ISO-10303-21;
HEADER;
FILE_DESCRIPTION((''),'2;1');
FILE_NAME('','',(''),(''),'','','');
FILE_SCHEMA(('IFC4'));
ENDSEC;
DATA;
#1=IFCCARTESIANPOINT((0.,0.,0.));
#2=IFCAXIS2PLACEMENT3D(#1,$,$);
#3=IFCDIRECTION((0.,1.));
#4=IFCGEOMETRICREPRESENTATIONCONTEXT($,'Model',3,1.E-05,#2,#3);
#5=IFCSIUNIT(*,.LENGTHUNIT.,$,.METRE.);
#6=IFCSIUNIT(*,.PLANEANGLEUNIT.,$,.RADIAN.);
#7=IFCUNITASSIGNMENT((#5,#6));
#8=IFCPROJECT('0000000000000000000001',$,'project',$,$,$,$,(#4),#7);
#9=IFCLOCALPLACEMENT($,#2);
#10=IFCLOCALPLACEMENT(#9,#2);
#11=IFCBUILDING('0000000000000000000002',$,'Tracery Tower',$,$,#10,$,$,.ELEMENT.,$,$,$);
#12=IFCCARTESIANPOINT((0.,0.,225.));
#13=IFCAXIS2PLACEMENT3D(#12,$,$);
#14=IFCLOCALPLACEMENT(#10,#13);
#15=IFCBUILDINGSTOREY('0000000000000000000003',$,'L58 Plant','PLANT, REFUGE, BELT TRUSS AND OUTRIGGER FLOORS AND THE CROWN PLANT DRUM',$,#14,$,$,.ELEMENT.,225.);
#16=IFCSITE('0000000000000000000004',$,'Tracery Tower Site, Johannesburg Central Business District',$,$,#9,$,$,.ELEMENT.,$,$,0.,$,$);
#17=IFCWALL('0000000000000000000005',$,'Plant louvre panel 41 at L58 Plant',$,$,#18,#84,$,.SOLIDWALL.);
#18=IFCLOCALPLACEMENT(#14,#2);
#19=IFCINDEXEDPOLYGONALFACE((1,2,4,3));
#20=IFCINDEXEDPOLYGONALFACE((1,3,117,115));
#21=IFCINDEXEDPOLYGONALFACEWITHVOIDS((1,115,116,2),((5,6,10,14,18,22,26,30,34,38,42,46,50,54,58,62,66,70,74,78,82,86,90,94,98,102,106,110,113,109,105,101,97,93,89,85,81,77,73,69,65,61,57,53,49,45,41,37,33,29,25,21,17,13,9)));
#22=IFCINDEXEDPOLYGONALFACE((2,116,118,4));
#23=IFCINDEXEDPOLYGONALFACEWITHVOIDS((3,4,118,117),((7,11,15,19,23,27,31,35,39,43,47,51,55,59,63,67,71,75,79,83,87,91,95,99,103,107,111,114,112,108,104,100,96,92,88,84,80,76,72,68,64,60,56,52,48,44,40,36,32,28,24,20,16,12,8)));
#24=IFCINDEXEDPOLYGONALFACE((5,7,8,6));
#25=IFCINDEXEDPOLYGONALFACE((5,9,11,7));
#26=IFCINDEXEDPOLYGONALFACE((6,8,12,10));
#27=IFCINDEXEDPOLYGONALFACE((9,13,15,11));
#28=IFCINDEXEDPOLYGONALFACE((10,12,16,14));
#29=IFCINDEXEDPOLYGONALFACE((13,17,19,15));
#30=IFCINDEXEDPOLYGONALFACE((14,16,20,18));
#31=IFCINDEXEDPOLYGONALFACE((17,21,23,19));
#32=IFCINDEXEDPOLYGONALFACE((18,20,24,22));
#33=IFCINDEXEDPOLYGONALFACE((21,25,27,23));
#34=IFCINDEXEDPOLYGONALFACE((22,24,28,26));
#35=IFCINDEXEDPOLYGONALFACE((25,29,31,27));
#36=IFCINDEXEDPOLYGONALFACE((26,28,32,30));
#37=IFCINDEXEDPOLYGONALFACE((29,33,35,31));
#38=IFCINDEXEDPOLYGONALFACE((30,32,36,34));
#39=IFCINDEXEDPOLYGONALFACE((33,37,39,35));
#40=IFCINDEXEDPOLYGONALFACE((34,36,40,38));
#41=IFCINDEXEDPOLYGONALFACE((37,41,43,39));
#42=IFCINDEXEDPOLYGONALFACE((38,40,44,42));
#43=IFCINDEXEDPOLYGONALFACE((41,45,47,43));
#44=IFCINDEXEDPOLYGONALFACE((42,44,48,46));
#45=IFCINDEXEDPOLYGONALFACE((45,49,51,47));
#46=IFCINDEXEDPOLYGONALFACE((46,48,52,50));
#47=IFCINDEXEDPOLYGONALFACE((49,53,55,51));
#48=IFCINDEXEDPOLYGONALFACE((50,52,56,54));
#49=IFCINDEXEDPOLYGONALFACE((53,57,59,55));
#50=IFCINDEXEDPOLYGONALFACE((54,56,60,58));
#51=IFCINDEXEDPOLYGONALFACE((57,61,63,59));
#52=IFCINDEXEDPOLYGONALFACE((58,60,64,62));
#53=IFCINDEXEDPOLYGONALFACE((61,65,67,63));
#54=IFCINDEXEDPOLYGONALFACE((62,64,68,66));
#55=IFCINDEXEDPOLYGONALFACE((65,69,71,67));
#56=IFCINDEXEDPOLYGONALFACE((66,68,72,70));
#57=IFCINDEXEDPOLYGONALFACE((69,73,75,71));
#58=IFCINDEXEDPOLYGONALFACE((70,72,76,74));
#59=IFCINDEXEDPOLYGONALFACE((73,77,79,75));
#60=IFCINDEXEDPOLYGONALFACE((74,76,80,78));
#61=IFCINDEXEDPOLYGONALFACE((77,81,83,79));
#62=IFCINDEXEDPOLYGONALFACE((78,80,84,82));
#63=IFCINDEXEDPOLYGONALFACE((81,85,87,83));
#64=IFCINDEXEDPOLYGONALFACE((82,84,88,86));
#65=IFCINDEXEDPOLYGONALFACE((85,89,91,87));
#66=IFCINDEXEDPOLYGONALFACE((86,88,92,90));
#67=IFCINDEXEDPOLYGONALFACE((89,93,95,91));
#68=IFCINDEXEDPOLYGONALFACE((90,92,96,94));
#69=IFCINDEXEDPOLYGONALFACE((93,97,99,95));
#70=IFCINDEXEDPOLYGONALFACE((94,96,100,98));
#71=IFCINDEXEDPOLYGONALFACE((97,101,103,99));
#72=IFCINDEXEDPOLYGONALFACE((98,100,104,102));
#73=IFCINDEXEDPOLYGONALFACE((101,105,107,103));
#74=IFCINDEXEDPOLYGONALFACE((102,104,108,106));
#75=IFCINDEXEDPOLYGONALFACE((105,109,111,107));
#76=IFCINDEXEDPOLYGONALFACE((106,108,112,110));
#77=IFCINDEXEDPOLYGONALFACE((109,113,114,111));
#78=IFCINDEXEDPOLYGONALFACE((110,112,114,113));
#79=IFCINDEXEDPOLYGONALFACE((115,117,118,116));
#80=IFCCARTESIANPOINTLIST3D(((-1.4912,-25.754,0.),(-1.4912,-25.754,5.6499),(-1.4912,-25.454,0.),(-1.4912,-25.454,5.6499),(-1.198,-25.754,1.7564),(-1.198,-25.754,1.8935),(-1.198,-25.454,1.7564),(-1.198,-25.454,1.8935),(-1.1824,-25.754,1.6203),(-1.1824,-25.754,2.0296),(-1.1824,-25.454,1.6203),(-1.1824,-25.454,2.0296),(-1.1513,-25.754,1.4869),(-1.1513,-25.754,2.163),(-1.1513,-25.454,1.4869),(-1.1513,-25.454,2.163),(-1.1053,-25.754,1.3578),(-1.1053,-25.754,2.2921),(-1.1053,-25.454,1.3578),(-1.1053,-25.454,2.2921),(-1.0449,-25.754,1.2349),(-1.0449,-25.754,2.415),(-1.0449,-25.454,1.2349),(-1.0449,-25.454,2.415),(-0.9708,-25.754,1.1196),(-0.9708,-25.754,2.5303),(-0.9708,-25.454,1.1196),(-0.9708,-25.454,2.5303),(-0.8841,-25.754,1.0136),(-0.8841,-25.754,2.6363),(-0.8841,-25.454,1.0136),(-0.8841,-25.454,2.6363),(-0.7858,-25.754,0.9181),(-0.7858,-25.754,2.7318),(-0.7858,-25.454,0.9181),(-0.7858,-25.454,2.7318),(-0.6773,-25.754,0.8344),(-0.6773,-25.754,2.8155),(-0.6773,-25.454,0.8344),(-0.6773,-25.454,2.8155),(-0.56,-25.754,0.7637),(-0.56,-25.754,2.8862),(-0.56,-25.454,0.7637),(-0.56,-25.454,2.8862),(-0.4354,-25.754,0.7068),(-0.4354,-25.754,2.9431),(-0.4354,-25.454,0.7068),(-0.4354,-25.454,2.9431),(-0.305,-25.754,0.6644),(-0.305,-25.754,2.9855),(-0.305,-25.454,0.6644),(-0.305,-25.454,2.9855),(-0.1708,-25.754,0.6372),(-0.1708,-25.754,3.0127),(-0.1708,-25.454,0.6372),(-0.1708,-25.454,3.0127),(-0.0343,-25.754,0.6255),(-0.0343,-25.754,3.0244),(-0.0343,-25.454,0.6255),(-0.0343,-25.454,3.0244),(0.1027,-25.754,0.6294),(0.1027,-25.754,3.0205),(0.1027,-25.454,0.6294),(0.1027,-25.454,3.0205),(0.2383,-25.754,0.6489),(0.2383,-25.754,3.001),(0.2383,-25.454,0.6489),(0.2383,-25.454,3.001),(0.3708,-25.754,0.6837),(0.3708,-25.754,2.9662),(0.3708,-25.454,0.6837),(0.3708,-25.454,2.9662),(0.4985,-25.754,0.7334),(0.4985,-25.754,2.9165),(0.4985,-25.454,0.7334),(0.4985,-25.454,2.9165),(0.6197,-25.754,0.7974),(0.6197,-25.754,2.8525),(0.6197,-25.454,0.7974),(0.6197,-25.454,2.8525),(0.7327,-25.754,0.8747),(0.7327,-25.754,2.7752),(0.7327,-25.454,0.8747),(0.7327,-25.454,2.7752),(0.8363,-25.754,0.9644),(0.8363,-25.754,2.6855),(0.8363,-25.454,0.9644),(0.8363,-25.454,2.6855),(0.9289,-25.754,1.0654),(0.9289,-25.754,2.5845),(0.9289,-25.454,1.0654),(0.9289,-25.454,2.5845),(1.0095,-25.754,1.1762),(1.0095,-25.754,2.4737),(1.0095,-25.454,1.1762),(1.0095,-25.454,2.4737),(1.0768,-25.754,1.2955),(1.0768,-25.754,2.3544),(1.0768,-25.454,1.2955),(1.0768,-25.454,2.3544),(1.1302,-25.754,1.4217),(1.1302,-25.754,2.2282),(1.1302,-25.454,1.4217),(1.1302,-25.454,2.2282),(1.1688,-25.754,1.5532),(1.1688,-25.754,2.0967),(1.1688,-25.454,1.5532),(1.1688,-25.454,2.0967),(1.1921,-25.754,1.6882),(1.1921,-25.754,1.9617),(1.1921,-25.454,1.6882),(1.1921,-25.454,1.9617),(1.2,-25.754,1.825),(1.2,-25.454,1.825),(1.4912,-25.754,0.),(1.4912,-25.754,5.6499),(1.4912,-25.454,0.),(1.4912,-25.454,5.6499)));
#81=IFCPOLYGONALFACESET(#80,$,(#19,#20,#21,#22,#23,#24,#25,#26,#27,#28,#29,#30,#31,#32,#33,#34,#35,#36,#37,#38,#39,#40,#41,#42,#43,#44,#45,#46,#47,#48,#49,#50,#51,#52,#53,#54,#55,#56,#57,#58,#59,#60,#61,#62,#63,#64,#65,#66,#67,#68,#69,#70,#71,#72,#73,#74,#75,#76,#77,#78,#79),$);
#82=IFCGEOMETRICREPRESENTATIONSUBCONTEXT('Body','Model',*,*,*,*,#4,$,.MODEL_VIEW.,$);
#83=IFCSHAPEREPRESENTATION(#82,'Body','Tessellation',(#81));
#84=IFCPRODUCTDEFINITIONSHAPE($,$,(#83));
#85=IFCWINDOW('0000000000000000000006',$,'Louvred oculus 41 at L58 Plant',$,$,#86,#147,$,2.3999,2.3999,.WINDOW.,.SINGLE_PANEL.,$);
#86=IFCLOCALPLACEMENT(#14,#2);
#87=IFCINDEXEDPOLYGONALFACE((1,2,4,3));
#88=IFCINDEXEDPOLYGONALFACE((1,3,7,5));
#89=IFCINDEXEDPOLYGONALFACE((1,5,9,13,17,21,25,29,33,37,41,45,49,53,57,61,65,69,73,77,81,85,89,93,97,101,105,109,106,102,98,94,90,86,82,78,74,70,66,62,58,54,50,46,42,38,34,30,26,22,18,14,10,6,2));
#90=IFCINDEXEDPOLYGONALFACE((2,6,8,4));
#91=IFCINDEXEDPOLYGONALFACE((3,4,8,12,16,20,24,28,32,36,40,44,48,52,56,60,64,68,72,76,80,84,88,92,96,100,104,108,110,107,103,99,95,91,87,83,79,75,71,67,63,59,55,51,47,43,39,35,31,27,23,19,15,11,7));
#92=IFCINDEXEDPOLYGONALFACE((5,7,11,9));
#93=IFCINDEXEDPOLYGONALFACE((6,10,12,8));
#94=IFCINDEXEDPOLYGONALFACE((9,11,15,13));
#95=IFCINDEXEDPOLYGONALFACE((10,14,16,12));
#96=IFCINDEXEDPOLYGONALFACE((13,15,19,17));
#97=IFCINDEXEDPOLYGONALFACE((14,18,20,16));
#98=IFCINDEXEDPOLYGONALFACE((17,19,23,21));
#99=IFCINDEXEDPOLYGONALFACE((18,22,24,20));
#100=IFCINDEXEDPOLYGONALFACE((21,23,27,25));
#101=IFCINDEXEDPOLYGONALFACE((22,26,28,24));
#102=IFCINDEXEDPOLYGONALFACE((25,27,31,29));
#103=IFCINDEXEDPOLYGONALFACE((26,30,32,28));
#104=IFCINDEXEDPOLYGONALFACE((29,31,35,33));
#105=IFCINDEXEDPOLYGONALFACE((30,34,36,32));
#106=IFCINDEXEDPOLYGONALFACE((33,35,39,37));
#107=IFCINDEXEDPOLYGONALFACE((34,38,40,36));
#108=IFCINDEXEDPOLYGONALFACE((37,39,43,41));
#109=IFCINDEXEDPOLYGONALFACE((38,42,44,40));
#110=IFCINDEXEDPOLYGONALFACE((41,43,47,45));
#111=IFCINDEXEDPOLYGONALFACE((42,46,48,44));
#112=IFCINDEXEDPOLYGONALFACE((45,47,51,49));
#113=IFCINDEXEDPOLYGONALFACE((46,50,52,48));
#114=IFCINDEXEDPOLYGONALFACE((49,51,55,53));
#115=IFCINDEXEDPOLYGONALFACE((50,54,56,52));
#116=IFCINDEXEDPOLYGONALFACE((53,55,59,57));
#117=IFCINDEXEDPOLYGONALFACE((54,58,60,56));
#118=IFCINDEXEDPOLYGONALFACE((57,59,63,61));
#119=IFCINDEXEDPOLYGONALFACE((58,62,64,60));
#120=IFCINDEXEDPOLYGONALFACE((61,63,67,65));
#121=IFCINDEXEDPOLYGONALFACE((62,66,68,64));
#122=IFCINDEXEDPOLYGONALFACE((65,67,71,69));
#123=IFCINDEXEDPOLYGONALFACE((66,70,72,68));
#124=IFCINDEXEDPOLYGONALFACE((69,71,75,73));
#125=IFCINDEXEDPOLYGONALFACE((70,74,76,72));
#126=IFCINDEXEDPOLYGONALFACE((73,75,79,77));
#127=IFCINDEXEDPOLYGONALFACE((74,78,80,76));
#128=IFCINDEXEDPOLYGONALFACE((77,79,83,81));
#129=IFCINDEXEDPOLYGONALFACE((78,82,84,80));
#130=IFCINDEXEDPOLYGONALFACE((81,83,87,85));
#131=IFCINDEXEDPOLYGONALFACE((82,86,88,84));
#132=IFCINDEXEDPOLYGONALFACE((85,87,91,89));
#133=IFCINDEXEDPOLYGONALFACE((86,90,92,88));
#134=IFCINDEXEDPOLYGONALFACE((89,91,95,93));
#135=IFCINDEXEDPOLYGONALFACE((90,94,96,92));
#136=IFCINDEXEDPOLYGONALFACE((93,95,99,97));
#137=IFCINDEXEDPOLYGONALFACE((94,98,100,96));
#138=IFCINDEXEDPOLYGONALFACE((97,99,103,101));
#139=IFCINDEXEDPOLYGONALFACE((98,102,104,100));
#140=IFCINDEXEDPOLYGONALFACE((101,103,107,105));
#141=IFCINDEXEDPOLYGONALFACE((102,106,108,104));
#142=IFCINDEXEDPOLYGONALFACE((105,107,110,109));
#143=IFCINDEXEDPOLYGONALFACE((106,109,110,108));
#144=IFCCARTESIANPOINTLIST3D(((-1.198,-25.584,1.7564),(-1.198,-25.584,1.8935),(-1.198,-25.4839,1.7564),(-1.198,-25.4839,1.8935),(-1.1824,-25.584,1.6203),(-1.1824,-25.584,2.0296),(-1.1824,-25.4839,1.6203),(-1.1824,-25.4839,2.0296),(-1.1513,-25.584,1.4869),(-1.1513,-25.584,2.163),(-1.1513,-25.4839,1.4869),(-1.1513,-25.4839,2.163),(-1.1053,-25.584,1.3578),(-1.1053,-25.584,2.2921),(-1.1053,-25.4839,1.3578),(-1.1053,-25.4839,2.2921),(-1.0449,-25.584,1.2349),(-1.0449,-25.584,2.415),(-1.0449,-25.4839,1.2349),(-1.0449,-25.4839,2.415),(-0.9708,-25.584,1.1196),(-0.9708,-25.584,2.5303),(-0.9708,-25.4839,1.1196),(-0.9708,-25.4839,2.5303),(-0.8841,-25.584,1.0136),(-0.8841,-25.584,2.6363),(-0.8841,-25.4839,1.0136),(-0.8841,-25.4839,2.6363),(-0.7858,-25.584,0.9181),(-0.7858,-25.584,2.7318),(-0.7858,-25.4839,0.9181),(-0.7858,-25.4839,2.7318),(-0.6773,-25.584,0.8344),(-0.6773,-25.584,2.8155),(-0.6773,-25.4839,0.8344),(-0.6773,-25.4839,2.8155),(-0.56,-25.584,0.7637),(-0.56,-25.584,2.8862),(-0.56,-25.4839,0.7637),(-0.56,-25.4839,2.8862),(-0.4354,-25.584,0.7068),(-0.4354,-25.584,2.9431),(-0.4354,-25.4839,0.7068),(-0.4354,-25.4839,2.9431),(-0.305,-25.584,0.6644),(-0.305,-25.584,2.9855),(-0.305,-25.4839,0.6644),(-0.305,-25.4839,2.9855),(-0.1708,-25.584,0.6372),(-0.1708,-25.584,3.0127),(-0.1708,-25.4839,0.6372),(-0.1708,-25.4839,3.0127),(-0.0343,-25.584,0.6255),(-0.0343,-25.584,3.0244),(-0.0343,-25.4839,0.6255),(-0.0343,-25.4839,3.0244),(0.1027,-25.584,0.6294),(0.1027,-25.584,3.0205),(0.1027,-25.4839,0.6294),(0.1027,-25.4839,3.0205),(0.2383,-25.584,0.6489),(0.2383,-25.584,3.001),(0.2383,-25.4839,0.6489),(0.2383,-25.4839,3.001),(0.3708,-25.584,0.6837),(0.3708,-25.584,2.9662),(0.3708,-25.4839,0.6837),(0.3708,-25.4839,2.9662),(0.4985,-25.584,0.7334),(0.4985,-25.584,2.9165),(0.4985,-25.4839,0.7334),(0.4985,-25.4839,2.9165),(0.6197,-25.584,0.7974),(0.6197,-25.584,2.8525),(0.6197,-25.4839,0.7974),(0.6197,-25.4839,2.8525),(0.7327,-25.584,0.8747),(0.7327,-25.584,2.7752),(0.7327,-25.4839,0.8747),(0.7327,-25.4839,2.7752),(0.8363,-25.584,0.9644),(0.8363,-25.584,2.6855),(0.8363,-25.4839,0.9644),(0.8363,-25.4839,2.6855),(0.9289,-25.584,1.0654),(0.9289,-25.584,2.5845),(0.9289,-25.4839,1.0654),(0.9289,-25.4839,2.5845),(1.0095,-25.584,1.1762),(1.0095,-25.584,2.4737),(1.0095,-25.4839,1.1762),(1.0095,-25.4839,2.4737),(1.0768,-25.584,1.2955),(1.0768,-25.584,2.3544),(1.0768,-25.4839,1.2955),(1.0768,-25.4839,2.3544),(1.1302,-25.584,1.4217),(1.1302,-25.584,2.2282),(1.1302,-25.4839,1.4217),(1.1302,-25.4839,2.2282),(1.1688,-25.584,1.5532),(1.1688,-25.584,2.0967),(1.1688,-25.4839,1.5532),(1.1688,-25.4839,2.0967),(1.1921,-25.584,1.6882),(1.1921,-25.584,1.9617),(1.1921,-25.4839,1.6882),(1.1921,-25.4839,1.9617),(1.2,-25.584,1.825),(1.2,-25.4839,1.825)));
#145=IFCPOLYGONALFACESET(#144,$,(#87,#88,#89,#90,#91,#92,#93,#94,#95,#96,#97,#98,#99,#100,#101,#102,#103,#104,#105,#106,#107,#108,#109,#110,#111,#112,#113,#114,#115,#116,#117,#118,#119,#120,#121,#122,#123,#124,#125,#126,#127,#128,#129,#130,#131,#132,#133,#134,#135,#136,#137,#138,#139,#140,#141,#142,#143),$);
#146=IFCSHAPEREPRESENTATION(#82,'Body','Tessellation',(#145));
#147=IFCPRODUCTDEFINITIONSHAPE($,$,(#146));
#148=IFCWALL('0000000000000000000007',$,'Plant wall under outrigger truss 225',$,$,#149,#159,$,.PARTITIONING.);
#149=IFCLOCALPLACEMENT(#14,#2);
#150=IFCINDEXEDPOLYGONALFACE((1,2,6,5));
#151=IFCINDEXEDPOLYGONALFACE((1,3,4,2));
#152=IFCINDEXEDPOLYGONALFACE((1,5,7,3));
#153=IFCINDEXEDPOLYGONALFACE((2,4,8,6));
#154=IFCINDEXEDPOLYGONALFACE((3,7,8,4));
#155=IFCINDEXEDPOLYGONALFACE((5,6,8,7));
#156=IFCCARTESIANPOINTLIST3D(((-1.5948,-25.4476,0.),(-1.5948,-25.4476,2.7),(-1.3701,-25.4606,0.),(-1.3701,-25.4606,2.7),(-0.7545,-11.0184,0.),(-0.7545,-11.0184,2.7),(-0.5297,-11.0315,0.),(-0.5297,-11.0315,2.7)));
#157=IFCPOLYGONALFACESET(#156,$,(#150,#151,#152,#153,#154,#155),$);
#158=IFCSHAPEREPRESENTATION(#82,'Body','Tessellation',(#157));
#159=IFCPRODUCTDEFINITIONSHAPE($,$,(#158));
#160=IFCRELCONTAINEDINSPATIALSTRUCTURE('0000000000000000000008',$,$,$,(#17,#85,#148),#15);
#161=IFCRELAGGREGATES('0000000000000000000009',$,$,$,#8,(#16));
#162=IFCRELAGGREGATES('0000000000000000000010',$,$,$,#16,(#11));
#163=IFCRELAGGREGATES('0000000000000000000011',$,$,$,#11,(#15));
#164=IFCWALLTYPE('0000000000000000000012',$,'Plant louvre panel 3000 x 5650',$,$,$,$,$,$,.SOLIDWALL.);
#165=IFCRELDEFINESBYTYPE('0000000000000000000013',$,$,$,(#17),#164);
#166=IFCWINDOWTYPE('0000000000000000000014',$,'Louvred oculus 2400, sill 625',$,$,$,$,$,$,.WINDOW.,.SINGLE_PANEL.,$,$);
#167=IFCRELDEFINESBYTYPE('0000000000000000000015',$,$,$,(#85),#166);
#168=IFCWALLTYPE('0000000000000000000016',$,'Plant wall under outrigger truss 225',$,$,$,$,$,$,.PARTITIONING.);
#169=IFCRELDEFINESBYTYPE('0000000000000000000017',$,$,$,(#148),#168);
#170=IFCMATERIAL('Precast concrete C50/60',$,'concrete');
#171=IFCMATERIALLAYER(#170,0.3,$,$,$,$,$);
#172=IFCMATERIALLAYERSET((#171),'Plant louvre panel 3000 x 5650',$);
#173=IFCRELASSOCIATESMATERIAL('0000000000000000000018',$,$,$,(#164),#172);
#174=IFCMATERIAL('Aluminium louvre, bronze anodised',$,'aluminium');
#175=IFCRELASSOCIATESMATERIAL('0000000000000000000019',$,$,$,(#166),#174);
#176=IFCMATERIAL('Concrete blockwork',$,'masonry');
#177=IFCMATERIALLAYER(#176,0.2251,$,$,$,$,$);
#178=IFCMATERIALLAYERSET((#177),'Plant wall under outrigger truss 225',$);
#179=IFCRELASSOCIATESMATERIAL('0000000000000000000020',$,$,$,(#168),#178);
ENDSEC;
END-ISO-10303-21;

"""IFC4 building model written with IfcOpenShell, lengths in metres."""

from ifc_helpers import new_model, si_unit, direction, frame, frame_2d, origin, origin_2d, place, context, subcontext, project, spatial, rectangle, circle, extrude, material, layer, layer_set, type_object, element, fill, save


model = new_model("IFC4")

# Units and contexts
model_context = context("Model", 3, precision=1e-05, world=origin(), true_north=direction((0.0, 1.0)))
body_context = subcontext(model_context, "Body", "Model", "MODEL_VIEW")
ifc_project = project(units=[si_unit("LENGTHUNIT", "METRE"), si_unit("PLANEANGLEUNIT", "RADIAN")], contexts=[model_context])

# Site, building, storey
site_placement = place(None, origin())
site = spatial("IfcSite", under=ifc_project, at=site_placement, Name="Tracery Tower Site, Johannesburg Central Business District", CompositionType="ELEMENT", RefElevation=0.0)
building_placement = place(site_placement, origin())
building = spatial("IfcBuilding", under=site, at=building_placement, Name="Tracery Tower", CompositionType="ELEMENT")
storey_placement = place(building_placement, frame((0.0, 0.0, 225.0)))
storey = spatial("IfcBuildingStorey", under=building, at=storey_placement, Name="L58 Plant", Description="PLANT, REFUGE, BELT TRUSS AND OUTRIGGER FLOORS AND THE CROWN PLANT DRUM", CompositionType="ELEMENT", Elevation=225.0)

# Wall, opening, window
ifc_material_1 = material(Name="Precast concrete C50/60", Category="concrete")
ifc_layer_1 = layer(ifc_material_1, 0.3)
ifc_layer_set_1 = layer_set([ifc_layer_1], Name="Plant louvre panel 3000 x 5650")
wall_type_1 = type_object("IfcWallType", Name="Plant louvre panel 3000 x 5650", PredefinedType="SOLIDWALL", material=ifc_layer_set_1)
ifc_material_2 = material(Name="Aluminium louvre, bronze anodised", Category="aluminium")
window_type = type_object("IfcWindowType", Name="Louvred oculus 2400, sill 625", PartitioningType="SINGLE_PANEL", PredefinedType="WINDOW", material=ifc_material_2)
wall_1_placement = place(storey_placement, frame((-1.4912, -25.604, 0.0), z_axis=(0.0, 0.0, 1.0), x_axis=(1.0, 0.0, 0.0)))
wall_1 = element("IfcWall", 1, at=wall_1_placement, inside=storey, type_object=wall_type_1, Name="Plant louvre panel 41 at L58 Plant", PredefinedType="SOLIDWALL", context=body_context, shape_type="SweptSolid", body=[
    extrude(rectangle(XDim=2.9824, YDim=0.3, at=frame_2d((1.4912, 0.0))), origin(), (0.0, 0.0, 1.0), 5.6499),
])
opening_1_placement = place(wall_1_placement, frame((1.4912, 0.0, 1.825)))
opening_1 = element("IfcOpeningElement", 2, at=opening_1_placement, cuts=wall_1, PredefinedType="OPENING", context=body_context, shape_type="SweptSolid", body=[
    extrude(circle(Radius=1.2, at=origin_2d()), frame((0.0, 0.1599, 0.0), z_axis=(0.0, -1.0, 0.0), x_axis=(1.0, 0.0, 0.0)), (0.0, 0.0, 1.0), 0.3201),
])
window_1_placement = place(opening_1_placement, origin())
window_1 = element("IfcWindow", 3, at=window_1_placement, inside=storey, type_object=window_type, Name="Louvred oculus 41 at L58 Plant", OverallHeight=2.3999, OverallWidth=2.3999, PartitioningType="SINGLE_PANEL", PredefinedType="WINDOW", context=body_context, shape_type="SweptSolid", body=[
    extrude(circle(Radius=1.2, at=origin_2d()), frame((0.0, 0.1201, 0.0), z_axis=(0.0, -1.0, 0.0), x_axis=(1.0, 0.0, 0.0)), (0.0, 0.0, 1.0), 0.1001),
])
fill(opening_1, window_1)

# Wall
ifc_material_3 = material(Name="Concrete blockwork", Category="masonry")
ifc_layer_2 = layer(ifc_material_3, 0.2251)
ifc_layer_set_2 = layer_set([ifc_layer_2], Name="Plant wall under outrigger truss 225")
wall_type_2 = type_object("IfcWallType", Name="Plant wall under outrigger truss 225", PredefinedType="PARTITIONING", material=ifc_layer_set_2)
wall_2_placement = place(storey_placement, frame((-1.4824, -25.4541, 0.0), z_axis=(0.0, 0.0, 1.0), x_axis=(0.05814, 0.998308, 0.0)))
element("IfcWall", 4, at=wall_2_placement, inside=storey, type_object=wall_type_2, Name="Plant wall under outrigger truss 225", PredefinedType="PARTITIONING", context=body_context, shape_type="SweptSolid", body=[
    extrude(rectangle(XDim=14.4536, YDim=0.2251, at=frame_2d((7.2268, 0.0))), origin(), (0.0, 0.0, 1.0), 2.7),
])

save(model, "model.ifc")
